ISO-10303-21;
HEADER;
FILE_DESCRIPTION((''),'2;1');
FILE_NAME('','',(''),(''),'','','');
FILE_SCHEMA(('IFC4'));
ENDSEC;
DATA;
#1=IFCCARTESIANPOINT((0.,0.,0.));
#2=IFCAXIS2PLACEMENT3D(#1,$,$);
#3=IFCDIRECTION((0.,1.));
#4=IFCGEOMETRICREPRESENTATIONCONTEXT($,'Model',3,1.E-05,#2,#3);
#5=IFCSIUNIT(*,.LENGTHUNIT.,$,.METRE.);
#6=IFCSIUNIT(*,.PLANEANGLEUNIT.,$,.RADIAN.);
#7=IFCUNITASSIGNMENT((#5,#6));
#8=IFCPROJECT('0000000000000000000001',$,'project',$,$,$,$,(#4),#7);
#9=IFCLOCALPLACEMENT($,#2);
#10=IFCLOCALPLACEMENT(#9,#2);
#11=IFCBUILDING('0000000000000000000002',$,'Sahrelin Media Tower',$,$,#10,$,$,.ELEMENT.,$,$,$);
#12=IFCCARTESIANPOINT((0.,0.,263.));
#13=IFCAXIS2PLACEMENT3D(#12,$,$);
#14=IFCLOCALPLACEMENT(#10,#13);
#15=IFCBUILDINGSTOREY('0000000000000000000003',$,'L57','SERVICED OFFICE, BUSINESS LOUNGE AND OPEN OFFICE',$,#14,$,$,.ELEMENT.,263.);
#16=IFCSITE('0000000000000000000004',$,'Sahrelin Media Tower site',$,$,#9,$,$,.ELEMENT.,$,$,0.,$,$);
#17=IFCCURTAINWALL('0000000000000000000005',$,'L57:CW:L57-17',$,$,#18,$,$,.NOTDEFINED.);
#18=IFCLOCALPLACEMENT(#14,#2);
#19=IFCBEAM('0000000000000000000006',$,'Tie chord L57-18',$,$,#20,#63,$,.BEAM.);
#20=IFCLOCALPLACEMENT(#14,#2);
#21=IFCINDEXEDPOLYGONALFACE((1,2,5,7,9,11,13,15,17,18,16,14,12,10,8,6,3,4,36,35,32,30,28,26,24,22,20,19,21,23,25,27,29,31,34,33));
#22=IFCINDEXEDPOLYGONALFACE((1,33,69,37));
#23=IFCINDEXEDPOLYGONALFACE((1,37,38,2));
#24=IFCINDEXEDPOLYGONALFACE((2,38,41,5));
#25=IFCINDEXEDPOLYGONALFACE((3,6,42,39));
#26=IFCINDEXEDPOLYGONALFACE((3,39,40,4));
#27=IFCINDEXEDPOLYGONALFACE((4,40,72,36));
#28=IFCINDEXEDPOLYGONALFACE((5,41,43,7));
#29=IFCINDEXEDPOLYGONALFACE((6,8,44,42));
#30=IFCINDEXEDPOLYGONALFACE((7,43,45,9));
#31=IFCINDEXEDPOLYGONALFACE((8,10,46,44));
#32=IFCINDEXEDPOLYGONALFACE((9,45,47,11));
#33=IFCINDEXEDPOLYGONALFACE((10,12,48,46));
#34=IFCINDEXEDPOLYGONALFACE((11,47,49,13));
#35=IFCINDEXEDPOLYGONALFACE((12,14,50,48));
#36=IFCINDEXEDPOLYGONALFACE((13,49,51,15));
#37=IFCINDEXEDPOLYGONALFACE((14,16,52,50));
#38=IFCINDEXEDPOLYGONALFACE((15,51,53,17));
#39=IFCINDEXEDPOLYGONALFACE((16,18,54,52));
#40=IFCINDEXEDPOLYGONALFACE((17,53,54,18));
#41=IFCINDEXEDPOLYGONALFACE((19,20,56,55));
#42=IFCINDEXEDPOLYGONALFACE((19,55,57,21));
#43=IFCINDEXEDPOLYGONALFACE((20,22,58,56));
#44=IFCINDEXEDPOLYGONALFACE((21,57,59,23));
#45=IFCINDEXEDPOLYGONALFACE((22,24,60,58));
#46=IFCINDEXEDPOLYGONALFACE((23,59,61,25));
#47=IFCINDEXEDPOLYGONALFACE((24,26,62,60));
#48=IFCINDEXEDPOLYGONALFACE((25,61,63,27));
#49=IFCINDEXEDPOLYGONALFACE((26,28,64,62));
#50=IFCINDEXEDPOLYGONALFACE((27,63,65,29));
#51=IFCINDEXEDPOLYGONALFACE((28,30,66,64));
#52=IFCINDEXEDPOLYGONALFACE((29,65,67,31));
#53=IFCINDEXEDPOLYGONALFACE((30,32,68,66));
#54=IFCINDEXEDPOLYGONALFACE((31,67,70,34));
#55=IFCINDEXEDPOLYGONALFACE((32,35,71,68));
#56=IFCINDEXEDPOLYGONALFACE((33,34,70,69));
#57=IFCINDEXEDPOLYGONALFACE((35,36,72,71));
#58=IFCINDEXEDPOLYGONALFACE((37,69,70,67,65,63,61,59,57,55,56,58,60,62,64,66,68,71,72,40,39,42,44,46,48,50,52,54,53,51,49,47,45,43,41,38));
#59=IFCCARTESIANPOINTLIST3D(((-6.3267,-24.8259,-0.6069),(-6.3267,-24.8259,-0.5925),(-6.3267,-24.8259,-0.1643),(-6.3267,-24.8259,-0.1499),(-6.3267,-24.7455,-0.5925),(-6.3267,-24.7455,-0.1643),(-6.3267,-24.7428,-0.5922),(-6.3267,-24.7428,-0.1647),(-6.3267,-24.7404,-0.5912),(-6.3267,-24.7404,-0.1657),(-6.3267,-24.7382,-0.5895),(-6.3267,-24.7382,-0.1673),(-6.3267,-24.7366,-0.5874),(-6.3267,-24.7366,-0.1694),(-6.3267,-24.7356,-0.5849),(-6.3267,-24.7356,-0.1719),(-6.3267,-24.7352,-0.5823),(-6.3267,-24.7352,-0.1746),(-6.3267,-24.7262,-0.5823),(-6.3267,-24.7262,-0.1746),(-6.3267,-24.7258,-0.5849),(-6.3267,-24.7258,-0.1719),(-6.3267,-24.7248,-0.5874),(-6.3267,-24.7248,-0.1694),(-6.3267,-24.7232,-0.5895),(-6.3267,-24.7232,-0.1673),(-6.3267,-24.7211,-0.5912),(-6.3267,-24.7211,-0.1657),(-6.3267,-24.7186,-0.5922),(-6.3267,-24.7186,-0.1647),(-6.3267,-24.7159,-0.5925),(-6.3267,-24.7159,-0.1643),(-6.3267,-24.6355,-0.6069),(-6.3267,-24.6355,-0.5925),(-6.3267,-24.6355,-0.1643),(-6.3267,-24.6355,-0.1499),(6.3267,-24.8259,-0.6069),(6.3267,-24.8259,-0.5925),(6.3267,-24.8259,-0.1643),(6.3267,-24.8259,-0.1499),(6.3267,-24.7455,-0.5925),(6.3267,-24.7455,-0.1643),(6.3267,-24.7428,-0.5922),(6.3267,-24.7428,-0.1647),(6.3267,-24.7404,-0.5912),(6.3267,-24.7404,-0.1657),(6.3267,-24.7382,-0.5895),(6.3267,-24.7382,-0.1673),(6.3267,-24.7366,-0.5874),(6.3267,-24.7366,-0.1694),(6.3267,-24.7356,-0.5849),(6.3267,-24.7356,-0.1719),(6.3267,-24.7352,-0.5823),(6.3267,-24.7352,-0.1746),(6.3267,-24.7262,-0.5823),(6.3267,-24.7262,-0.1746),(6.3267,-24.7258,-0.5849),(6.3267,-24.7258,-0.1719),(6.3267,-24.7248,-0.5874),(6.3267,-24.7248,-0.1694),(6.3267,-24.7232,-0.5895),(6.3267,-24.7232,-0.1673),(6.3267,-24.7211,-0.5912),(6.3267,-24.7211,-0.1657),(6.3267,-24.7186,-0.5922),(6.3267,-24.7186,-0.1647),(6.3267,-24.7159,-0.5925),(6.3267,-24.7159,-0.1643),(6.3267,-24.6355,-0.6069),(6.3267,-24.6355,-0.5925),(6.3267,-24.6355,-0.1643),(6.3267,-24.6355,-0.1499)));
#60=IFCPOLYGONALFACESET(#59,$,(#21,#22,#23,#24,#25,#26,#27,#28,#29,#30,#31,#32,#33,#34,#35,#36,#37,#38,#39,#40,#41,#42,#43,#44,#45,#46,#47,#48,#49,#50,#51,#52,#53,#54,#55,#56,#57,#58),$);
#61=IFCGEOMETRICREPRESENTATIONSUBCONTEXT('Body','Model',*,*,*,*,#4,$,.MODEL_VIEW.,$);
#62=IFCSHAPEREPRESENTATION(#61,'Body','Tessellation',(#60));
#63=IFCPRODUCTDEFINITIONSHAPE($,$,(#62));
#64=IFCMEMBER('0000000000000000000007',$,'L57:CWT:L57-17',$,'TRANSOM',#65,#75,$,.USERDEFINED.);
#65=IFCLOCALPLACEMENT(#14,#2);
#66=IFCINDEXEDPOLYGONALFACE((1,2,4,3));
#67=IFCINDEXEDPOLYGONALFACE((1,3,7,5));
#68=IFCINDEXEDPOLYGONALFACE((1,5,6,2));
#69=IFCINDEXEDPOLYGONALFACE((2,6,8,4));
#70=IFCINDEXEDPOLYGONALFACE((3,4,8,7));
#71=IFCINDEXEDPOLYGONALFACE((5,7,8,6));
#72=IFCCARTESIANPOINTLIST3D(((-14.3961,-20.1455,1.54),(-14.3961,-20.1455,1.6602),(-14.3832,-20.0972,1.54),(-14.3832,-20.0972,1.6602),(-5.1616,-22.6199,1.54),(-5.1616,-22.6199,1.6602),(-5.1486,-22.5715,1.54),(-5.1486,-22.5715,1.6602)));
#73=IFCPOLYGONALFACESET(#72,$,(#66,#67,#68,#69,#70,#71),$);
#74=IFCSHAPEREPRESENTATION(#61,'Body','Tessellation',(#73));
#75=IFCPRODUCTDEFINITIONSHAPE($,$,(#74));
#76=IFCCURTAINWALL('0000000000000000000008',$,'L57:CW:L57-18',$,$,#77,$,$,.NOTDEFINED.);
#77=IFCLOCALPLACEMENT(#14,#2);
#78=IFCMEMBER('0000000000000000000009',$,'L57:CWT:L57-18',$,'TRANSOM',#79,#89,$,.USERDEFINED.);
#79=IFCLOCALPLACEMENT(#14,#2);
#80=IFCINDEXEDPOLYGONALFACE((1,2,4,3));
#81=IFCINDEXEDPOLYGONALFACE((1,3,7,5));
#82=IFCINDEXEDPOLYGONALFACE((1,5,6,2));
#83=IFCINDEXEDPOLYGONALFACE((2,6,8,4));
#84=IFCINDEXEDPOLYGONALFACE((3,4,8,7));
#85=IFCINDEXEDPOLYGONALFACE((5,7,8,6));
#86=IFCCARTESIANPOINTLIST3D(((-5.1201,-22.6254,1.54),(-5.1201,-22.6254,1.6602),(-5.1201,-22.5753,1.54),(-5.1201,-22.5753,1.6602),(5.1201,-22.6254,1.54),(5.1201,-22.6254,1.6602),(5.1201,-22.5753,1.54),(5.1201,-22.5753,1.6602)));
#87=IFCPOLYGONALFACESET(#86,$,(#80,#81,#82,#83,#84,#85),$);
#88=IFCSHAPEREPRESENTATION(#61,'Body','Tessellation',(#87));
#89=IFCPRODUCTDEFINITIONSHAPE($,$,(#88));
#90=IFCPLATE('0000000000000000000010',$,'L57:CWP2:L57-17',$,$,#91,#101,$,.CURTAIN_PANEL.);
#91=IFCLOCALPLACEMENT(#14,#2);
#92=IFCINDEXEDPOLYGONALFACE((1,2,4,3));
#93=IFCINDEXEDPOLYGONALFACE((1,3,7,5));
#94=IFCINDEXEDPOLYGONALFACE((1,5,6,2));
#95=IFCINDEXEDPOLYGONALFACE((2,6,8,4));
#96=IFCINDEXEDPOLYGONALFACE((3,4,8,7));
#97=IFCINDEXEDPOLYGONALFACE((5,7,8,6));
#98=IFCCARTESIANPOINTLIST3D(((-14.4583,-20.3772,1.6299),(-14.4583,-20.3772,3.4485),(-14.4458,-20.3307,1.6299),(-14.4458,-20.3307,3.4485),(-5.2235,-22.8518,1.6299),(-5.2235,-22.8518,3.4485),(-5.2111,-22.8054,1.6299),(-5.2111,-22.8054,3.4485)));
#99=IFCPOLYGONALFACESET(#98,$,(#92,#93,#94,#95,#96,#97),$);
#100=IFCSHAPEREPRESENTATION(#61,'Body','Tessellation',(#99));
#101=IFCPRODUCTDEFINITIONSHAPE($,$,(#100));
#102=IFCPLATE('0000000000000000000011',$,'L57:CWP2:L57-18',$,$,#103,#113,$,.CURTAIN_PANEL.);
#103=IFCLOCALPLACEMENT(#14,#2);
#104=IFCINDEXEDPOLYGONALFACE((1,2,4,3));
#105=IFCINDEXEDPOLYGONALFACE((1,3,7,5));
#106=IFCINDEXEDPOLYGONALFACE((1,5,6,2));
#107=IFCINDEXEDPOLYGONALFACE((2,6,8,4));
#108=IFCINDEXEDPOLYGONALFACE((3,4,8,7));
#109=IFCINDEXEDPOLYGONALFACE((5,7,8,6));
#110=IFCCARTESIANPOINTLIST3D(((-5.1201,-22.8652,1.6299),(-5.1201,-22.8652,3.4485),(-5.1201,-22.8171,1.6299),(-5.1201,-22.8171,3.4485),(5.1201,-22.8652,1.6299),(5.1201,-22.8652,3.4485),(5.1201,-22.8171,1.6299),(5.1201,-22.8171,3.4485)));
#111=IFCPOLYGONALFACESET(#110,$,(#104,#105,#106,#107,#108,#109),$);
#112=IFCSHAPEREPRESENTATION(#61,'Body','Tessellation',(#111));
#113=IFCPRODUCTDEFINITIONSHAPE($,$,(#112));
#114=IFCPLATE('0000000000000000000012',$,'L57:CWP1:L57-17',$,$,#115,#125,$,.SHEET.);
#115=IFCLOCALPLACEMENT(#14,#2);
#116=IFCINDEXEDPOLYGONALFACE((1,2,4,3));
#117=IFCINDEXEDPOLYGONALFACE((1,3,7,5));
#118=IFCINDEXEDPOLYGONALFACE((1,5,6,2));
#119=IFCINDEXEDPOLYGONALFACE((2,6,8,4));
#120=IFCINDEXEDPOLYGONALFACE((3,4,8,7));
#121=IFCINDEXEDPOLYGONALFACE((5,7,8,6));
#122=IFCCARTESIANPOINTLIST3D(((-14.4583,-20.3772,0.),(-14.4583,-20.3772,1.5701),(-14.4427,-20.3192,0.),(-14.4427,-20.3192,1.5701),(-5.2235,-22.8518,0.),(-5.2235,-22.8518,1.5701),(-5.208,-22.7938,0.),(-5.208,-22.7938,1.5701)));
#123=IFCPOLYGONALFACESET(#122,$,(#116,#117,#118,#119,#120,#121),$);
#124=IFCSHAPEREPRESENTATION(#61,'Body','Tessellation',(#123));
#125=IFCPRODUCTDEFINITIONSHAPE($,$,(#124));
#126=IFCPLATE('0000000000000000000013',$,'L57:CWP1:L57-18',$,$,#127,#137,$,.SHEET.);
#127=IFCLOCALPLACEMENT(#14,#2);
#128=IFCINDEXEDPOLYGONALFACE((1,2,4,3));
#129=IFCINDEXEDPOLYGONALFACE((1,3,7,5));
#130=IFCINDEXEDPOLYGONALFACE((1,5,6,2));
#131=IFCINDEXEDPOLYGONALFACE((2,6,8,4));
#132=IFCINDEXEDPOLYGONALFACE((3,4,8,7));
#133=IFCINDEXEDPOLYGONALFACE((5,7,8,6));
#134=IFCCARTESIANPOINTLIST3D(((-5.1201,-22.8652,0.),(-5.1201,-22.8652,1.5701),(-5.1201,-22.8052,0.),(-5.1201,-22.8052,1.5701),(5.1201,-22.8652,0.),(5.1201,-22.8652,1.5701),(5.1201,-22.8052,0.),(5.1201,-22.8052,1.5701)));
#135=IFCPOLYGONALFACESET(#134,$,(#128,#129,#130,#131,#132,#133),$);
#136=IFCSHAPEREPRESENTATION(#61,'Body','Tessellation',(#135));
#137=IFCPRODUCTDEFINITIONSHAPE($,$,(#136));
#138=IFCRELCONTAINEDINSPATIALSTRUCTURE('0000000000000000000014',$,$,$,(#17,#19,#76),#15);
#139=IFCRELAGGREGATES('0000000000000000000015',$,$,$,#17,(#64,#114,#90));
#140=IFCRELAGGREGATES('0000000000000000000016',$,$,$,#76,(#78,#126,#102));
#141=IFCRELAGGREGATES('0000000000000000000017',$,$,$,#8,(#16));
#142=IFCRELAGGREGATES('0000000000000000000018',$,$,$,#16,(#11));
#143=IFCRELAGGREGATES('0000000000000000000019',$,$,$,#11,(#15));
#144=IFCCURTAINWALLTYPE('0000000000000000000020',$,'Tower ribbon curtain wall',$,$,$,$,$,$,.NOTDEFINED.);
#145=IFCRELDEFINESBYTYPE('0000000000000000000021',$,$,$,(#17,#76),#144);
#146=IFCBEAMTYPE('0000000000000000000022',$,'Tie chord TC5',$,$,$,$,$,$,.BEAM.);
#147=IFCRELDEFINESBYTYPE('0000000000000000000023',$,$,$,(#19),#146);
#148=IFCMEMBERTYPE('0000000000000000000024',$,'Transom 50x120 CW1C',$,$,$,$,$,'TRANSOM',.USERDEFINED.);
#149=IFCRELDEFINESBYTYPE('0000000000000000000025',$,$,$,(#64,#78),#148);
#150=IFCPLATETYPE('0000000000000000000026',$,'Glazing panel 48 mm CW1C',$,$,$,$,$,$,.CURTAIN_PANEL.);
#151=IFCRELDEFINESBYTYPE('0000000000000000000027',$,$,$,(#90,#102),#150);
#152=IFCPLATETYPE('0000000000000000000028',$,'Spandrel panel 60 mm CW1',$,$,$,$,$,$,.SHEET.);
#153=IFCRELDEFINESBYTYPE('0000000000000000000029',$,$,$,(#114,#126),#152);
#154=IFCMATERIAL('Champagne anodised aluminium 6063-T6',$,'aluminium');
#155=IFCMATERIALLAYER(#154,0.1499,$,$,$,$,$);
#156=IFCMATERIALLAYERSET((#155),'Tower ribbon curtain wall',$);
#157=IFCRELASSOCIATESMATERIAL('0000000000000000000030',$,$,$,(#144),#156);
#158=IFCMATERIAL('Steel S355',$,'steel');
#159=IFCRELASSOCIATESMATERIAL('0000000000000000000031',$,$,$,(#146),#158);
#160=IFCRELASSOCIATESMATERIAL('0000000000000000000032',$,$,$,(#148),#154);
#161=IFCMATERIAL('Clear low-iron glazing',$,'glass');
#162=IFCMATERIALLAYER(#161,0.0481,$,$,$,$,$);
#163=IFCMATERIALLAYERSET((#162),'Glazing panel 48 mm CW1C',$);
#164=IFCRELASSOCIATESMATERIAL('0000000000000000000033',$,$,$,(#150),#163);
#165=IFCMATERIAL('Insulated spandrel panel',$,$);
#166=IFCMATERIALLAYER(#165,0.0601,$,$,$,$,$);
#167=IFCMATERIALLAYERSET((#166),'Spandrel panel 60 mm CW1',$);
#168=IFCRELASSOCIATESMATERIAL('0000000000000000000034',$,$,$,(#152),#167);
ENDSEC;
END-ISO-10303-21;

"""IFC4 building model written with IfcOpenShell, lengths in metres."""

from ifc_helpers import new_model, si_unit, direction, frame, origin, origin_2d, place, context, subcontext, project, spatial, polyline, rectangle, i_section, outline, extrude, material, layer, layer_set, material_profile, profile_set, type_object, element, aggregate, save


model = new_model("IFC4")

# Units and contexts
model_context = context("Model", 3, precision=1e-05, world=origin(), true_north=direction((0.0, 1.0)))
body_context = subcontext(model_context, "Body", "Model", "MODEL_VIEW")
ifc_project = project(units=[si_unit("LENGTHUNIT", "METRE"), si_unit("PLANEANGLEUNIT", "RADIAN")], contexts=[model_context])

# Site, building, storey
site_placement = place(None, origin())
site = spatial("IfcSite", under=ifc_project, at=site_placement, Name="Sahrelin Media Tower site", CompositionType="ELEMENT", RefElevation=0.0)
building_placement = place(site_placement, origin())
building = spatial("IfcBuilding", under=site, at=building_placement, Name="Sahrelin Media Tower", CompositionType="ELEMENT")
storey_placement = place(building_placement, frame((0.0, 0.0, 263.0)))
storey = spatial("IfcBuildingStorey", under=building, at=storey_placement, Name="L57", Description="SERVICED OFFICE, BUSINESS LOUNGE AND OPEN OFFICE", CompositionType="ELEMENT", Elevation=263.0)

# Shared definitions
ifc_material_1 = material(Name="Steel S355", Category="steel")

# Curtain wall
ifc_material_2 = material(Name="Champagne anodised aluminium 6063-T6", Category="aluminium")
ifc_layer_1 = layer(ifc_material_2, 0.1499)
ifc_layer_set_1 = layer_set([ifc_layer_1], Name="Tower ribbon curtain wall")
curtain_wall_type = type_object("IfcCurtainWallType", Name="Tower ribbon curtain wall", PredefinedType="NOTDEFINED", material=ifc_layer_set_1)
curtain_wall_1_placement = place(storey_placement, frame((-9.8357, -21.5952, 0.0), z_axis=(0.0, 0.0, 1.0), x_axis=(1.0, 0.0, 0.0)))
curtain_wall_1 = element("IfcCurtainWall", 1, at=curtain_wall_1_placement, inside=storey, type_object=curtain_wall_type, Name="L57:CW:L57-17", PredefinedType="NOTDEFINED")

# Beam
ifc_material_profile_1 = material_profile(ifc_material_1, i_section(OverallWidth=0.1904, OverallDepth=0.457, WebThickness=0.009, FlangeThickness=0.0144, FilletRadius=0.0103, at=origin_2d()), Name="UB 457x191x74")
ifc_profile_set_1 = profile_set([ifc_material_profile_1], Name="Steel S355")
beam_type_1 = type_object("IfcBeamType", Name="Tie chord TC5", PredefinedType="BEAM", material=ifc_profile_set_1)
beam_1_placement = place(storey_placement, frame((-6.3267, -24.7307, -0.3784), z_axis=(1.0, 0.0, 0.0), x_axis=(0.0, 1.0, 0.0)))
element("IfcBeam", 2, at=beam_1_placement, inside=storey, type_object=beam_type_1, Name="Tie chord L57-18", PredefinedType="BEAM", context=body_context, shape_type="SweptSolid", body=[
    extrude(i_section(OverallWidth=0.1904, OverallDepth=0.457, WebThickness=0.009, FlangeThickness=0.0144, FilletRadius=0.0103, at=origin_2d()), origin(), (0.0, 0.0, 1.0), 12.6533),
])

# Member
ifc_material_profile_2 = material_profile(ifc_material_2, rectangle(XDim=0.05, YDim=0.1201, at=origin_2d()), Name="Transom 50x120")
ifc_profile_set_2 = profile_set([ifc_material_profile_2], Name="Champagne anodised aluminium 6063-T6")
member_type_1 = type_object("IfcMemberType", Name="Transom 50x120 CW1C", ElementType="TRANSOM", PredefinedType="USERDEFINED", material=ifc_profile_set_2)
member_1_placement = place(storey_placement, frame((-14.3896, -20.1213, 1.6001), z_axis=(0.965927, -0.258815, 0.0), x_axis=(0.258815, 0.965927, 0.0)))
member_1 = element("IfcMember", 3, at=member_1_placement, type_object=member_type_1, Name="L57:CWT:L57-17", ObjectType="TRANSOM", PredefinedType="USERDEFINED", context=body_context, shape_type="SweptSolid", body=[
    extrude(rectangle(XDim=0.05, YDim=0.1201, at=origin_2d()), origin(), (0.0, 0.0, 1.0), 9.5603),
])

# Curtain wall, member
curtain_wall_2_placement = place(storey_placement, frame((0.0, -22.8452, 0.0), z_axis=(0.0, 0.0, 1.0), x_axis=(1.0, 0.0, 0.0)))
curtain_wall_2 = element("IfcCurtainWall", 4, at=curtain_wall_2_placement, inside=storey, type_object=curtain_wall_type, Name="L57:CW:L57-18", PredefinedType="NOTDEFINED")
member_2_placement = place(storey_placement, frame((-5.1201, -22.6003, 1.6001), z_axis=(1.0, 0.0, 0.0), x_axis=(0.0, 1.0, 0.0)))
member_2 = element("IfcMember", 5, at=member_2_placement, type_object=member_type_1, Name="L57:CWT:L57-18", ObjectType="TRANSOM", PredefinedType="USERDEFINED", context=body_context, shape_type="SweptSolid", body=[
    extrude(rectangle(XDim=0.05, YDim=0.1201, at=origin_2d()), origin(), (0.0, 0.0, 1.0), 10.2402),
])

# Plates
ifc_material_3 = material(Name="Clear low-iron glazing", Category="glass")
ifc_layer_2 = layer(ifc_material_3, 0.0481)
ifc_layer_set_2 = layer_set([ifc_layer_2], Name="Glazing panel 48 mm CW1C")
plate_type_1 = type_object("IfcPlateType", Name="Glazing panel 48 mm CW1C", PredefinedType="CURTAIN_PANEL", material=ifc_layer_set_2)
plate_1_placement = place(storey_placement, frame((-14.4583, -20.3772, 1.6299), z_axis=(-0.258839, -0.965921, 0.0), x_axis=(0.965921, -0.258839, 0.0)))
plate_1 = element("IfcPlate", 6, at=plate_1_placement, type_object=plate_type_1, Name="L57:CWP2:L57-17", PredefinedType="CURTAIN_PANEL", context=body_context, shape_type="SweptSolid", body=[
    extrude(outline(polyline([(0.0, 0.0), (9.5605, 0.0), (9.5605, 1.8186), (0.0, 1.8186), (0.0, 0.0)])), origin(), (0.0, 0.0, -1.0), 0.0481),
])
plate_2_placement = place(storey_placement, frame((-5.1201, -22.8652, 1.6299), z_axis=(0.0, -1.0, 0.0), x_axis=(1.0, 0.0, 0.0)))
plate_2 = element("IfcPlate", 7, at=plate_2_placement, type_object=plate_type_1, Name="L57:CWP2:L57-18", PredefinedType="CURTAIN_PANEL", context=body_context, shape_type="SweptSolid", body=[
    extrude(outline(polyline([(0.0, 0.0), (10.2402, 0.0), (10.2402, 1.8186), (0.0, 1.8186), (0.0, 0.0)])), origin(), (0.0, 0.0, -1.0), 0.0481),
])
ifc_material_4 = material(Name="Insulated spandrel panel")
ifc_layer_3 = layer(ifc_material_4, 0.0601)
ifc_layer_set_3 = layer_set([ifc_layer_3], Name="Spandrel panel 60 mm CW1")
plate_type_2 = type_object("IfcPlateType", Name="Spandrel panel 60 mm CW1", PredefinedType="SHEET", material=ifc_layer_set_3)
plate_3_placement = place(storey_placement, frame((-14.4583, -20.3772, 0.0), z_axis=(-0.258839, -0.965921, 0.0), x_axis=(0.965921, -0.258839, 0.0)))
plate_3 = element("IfcPlate", 8, at=plate_3_placement, type_object=plate_type_2, Name="L57:CWP1:L57-17", PredefinedType="SHEET", context=body_context, shape_type="SweptSolid", body=[
    extrude(outline(polyline([(0.0, 0.0), (9.5605, 0.0), (9.5605, 1.5701), (0.0, 1.5701), (0.0, 0.0)])), origin(), (0.0, 0.0, -1.0), 0.0601),
])
aggregate(curtain_wall_1, [member_1, plate_3, plate_1])
plate_4_placement = place(storey_placement, frame((-5.1201, -22.8652, 0.0), z_axis=(0.0, -1.0, 0.0), x_axis=(1.0, 0.0, 0.0)))
plate_4 = element("IfcPlate", 9, at=plate_4_placement, type_object=plate_type_2, Name="L57:CWP1:L57-18", PredefinedType="SHEET", context=body_context, shape_type="SweptSolid", body=[
    extrude(outline(polyline([(0.0, 0.0), (10.2402, 0.0), (10.2402, 1.5701), (0.0, 1.5701), (0.0, 0.0)])), origin(), (0.0, 0.0, -1.0), 0.0601),
])
aggregate(curtain_wall_2, [member_2, plate_4, plate_2])

save(model, "model.ifc")
